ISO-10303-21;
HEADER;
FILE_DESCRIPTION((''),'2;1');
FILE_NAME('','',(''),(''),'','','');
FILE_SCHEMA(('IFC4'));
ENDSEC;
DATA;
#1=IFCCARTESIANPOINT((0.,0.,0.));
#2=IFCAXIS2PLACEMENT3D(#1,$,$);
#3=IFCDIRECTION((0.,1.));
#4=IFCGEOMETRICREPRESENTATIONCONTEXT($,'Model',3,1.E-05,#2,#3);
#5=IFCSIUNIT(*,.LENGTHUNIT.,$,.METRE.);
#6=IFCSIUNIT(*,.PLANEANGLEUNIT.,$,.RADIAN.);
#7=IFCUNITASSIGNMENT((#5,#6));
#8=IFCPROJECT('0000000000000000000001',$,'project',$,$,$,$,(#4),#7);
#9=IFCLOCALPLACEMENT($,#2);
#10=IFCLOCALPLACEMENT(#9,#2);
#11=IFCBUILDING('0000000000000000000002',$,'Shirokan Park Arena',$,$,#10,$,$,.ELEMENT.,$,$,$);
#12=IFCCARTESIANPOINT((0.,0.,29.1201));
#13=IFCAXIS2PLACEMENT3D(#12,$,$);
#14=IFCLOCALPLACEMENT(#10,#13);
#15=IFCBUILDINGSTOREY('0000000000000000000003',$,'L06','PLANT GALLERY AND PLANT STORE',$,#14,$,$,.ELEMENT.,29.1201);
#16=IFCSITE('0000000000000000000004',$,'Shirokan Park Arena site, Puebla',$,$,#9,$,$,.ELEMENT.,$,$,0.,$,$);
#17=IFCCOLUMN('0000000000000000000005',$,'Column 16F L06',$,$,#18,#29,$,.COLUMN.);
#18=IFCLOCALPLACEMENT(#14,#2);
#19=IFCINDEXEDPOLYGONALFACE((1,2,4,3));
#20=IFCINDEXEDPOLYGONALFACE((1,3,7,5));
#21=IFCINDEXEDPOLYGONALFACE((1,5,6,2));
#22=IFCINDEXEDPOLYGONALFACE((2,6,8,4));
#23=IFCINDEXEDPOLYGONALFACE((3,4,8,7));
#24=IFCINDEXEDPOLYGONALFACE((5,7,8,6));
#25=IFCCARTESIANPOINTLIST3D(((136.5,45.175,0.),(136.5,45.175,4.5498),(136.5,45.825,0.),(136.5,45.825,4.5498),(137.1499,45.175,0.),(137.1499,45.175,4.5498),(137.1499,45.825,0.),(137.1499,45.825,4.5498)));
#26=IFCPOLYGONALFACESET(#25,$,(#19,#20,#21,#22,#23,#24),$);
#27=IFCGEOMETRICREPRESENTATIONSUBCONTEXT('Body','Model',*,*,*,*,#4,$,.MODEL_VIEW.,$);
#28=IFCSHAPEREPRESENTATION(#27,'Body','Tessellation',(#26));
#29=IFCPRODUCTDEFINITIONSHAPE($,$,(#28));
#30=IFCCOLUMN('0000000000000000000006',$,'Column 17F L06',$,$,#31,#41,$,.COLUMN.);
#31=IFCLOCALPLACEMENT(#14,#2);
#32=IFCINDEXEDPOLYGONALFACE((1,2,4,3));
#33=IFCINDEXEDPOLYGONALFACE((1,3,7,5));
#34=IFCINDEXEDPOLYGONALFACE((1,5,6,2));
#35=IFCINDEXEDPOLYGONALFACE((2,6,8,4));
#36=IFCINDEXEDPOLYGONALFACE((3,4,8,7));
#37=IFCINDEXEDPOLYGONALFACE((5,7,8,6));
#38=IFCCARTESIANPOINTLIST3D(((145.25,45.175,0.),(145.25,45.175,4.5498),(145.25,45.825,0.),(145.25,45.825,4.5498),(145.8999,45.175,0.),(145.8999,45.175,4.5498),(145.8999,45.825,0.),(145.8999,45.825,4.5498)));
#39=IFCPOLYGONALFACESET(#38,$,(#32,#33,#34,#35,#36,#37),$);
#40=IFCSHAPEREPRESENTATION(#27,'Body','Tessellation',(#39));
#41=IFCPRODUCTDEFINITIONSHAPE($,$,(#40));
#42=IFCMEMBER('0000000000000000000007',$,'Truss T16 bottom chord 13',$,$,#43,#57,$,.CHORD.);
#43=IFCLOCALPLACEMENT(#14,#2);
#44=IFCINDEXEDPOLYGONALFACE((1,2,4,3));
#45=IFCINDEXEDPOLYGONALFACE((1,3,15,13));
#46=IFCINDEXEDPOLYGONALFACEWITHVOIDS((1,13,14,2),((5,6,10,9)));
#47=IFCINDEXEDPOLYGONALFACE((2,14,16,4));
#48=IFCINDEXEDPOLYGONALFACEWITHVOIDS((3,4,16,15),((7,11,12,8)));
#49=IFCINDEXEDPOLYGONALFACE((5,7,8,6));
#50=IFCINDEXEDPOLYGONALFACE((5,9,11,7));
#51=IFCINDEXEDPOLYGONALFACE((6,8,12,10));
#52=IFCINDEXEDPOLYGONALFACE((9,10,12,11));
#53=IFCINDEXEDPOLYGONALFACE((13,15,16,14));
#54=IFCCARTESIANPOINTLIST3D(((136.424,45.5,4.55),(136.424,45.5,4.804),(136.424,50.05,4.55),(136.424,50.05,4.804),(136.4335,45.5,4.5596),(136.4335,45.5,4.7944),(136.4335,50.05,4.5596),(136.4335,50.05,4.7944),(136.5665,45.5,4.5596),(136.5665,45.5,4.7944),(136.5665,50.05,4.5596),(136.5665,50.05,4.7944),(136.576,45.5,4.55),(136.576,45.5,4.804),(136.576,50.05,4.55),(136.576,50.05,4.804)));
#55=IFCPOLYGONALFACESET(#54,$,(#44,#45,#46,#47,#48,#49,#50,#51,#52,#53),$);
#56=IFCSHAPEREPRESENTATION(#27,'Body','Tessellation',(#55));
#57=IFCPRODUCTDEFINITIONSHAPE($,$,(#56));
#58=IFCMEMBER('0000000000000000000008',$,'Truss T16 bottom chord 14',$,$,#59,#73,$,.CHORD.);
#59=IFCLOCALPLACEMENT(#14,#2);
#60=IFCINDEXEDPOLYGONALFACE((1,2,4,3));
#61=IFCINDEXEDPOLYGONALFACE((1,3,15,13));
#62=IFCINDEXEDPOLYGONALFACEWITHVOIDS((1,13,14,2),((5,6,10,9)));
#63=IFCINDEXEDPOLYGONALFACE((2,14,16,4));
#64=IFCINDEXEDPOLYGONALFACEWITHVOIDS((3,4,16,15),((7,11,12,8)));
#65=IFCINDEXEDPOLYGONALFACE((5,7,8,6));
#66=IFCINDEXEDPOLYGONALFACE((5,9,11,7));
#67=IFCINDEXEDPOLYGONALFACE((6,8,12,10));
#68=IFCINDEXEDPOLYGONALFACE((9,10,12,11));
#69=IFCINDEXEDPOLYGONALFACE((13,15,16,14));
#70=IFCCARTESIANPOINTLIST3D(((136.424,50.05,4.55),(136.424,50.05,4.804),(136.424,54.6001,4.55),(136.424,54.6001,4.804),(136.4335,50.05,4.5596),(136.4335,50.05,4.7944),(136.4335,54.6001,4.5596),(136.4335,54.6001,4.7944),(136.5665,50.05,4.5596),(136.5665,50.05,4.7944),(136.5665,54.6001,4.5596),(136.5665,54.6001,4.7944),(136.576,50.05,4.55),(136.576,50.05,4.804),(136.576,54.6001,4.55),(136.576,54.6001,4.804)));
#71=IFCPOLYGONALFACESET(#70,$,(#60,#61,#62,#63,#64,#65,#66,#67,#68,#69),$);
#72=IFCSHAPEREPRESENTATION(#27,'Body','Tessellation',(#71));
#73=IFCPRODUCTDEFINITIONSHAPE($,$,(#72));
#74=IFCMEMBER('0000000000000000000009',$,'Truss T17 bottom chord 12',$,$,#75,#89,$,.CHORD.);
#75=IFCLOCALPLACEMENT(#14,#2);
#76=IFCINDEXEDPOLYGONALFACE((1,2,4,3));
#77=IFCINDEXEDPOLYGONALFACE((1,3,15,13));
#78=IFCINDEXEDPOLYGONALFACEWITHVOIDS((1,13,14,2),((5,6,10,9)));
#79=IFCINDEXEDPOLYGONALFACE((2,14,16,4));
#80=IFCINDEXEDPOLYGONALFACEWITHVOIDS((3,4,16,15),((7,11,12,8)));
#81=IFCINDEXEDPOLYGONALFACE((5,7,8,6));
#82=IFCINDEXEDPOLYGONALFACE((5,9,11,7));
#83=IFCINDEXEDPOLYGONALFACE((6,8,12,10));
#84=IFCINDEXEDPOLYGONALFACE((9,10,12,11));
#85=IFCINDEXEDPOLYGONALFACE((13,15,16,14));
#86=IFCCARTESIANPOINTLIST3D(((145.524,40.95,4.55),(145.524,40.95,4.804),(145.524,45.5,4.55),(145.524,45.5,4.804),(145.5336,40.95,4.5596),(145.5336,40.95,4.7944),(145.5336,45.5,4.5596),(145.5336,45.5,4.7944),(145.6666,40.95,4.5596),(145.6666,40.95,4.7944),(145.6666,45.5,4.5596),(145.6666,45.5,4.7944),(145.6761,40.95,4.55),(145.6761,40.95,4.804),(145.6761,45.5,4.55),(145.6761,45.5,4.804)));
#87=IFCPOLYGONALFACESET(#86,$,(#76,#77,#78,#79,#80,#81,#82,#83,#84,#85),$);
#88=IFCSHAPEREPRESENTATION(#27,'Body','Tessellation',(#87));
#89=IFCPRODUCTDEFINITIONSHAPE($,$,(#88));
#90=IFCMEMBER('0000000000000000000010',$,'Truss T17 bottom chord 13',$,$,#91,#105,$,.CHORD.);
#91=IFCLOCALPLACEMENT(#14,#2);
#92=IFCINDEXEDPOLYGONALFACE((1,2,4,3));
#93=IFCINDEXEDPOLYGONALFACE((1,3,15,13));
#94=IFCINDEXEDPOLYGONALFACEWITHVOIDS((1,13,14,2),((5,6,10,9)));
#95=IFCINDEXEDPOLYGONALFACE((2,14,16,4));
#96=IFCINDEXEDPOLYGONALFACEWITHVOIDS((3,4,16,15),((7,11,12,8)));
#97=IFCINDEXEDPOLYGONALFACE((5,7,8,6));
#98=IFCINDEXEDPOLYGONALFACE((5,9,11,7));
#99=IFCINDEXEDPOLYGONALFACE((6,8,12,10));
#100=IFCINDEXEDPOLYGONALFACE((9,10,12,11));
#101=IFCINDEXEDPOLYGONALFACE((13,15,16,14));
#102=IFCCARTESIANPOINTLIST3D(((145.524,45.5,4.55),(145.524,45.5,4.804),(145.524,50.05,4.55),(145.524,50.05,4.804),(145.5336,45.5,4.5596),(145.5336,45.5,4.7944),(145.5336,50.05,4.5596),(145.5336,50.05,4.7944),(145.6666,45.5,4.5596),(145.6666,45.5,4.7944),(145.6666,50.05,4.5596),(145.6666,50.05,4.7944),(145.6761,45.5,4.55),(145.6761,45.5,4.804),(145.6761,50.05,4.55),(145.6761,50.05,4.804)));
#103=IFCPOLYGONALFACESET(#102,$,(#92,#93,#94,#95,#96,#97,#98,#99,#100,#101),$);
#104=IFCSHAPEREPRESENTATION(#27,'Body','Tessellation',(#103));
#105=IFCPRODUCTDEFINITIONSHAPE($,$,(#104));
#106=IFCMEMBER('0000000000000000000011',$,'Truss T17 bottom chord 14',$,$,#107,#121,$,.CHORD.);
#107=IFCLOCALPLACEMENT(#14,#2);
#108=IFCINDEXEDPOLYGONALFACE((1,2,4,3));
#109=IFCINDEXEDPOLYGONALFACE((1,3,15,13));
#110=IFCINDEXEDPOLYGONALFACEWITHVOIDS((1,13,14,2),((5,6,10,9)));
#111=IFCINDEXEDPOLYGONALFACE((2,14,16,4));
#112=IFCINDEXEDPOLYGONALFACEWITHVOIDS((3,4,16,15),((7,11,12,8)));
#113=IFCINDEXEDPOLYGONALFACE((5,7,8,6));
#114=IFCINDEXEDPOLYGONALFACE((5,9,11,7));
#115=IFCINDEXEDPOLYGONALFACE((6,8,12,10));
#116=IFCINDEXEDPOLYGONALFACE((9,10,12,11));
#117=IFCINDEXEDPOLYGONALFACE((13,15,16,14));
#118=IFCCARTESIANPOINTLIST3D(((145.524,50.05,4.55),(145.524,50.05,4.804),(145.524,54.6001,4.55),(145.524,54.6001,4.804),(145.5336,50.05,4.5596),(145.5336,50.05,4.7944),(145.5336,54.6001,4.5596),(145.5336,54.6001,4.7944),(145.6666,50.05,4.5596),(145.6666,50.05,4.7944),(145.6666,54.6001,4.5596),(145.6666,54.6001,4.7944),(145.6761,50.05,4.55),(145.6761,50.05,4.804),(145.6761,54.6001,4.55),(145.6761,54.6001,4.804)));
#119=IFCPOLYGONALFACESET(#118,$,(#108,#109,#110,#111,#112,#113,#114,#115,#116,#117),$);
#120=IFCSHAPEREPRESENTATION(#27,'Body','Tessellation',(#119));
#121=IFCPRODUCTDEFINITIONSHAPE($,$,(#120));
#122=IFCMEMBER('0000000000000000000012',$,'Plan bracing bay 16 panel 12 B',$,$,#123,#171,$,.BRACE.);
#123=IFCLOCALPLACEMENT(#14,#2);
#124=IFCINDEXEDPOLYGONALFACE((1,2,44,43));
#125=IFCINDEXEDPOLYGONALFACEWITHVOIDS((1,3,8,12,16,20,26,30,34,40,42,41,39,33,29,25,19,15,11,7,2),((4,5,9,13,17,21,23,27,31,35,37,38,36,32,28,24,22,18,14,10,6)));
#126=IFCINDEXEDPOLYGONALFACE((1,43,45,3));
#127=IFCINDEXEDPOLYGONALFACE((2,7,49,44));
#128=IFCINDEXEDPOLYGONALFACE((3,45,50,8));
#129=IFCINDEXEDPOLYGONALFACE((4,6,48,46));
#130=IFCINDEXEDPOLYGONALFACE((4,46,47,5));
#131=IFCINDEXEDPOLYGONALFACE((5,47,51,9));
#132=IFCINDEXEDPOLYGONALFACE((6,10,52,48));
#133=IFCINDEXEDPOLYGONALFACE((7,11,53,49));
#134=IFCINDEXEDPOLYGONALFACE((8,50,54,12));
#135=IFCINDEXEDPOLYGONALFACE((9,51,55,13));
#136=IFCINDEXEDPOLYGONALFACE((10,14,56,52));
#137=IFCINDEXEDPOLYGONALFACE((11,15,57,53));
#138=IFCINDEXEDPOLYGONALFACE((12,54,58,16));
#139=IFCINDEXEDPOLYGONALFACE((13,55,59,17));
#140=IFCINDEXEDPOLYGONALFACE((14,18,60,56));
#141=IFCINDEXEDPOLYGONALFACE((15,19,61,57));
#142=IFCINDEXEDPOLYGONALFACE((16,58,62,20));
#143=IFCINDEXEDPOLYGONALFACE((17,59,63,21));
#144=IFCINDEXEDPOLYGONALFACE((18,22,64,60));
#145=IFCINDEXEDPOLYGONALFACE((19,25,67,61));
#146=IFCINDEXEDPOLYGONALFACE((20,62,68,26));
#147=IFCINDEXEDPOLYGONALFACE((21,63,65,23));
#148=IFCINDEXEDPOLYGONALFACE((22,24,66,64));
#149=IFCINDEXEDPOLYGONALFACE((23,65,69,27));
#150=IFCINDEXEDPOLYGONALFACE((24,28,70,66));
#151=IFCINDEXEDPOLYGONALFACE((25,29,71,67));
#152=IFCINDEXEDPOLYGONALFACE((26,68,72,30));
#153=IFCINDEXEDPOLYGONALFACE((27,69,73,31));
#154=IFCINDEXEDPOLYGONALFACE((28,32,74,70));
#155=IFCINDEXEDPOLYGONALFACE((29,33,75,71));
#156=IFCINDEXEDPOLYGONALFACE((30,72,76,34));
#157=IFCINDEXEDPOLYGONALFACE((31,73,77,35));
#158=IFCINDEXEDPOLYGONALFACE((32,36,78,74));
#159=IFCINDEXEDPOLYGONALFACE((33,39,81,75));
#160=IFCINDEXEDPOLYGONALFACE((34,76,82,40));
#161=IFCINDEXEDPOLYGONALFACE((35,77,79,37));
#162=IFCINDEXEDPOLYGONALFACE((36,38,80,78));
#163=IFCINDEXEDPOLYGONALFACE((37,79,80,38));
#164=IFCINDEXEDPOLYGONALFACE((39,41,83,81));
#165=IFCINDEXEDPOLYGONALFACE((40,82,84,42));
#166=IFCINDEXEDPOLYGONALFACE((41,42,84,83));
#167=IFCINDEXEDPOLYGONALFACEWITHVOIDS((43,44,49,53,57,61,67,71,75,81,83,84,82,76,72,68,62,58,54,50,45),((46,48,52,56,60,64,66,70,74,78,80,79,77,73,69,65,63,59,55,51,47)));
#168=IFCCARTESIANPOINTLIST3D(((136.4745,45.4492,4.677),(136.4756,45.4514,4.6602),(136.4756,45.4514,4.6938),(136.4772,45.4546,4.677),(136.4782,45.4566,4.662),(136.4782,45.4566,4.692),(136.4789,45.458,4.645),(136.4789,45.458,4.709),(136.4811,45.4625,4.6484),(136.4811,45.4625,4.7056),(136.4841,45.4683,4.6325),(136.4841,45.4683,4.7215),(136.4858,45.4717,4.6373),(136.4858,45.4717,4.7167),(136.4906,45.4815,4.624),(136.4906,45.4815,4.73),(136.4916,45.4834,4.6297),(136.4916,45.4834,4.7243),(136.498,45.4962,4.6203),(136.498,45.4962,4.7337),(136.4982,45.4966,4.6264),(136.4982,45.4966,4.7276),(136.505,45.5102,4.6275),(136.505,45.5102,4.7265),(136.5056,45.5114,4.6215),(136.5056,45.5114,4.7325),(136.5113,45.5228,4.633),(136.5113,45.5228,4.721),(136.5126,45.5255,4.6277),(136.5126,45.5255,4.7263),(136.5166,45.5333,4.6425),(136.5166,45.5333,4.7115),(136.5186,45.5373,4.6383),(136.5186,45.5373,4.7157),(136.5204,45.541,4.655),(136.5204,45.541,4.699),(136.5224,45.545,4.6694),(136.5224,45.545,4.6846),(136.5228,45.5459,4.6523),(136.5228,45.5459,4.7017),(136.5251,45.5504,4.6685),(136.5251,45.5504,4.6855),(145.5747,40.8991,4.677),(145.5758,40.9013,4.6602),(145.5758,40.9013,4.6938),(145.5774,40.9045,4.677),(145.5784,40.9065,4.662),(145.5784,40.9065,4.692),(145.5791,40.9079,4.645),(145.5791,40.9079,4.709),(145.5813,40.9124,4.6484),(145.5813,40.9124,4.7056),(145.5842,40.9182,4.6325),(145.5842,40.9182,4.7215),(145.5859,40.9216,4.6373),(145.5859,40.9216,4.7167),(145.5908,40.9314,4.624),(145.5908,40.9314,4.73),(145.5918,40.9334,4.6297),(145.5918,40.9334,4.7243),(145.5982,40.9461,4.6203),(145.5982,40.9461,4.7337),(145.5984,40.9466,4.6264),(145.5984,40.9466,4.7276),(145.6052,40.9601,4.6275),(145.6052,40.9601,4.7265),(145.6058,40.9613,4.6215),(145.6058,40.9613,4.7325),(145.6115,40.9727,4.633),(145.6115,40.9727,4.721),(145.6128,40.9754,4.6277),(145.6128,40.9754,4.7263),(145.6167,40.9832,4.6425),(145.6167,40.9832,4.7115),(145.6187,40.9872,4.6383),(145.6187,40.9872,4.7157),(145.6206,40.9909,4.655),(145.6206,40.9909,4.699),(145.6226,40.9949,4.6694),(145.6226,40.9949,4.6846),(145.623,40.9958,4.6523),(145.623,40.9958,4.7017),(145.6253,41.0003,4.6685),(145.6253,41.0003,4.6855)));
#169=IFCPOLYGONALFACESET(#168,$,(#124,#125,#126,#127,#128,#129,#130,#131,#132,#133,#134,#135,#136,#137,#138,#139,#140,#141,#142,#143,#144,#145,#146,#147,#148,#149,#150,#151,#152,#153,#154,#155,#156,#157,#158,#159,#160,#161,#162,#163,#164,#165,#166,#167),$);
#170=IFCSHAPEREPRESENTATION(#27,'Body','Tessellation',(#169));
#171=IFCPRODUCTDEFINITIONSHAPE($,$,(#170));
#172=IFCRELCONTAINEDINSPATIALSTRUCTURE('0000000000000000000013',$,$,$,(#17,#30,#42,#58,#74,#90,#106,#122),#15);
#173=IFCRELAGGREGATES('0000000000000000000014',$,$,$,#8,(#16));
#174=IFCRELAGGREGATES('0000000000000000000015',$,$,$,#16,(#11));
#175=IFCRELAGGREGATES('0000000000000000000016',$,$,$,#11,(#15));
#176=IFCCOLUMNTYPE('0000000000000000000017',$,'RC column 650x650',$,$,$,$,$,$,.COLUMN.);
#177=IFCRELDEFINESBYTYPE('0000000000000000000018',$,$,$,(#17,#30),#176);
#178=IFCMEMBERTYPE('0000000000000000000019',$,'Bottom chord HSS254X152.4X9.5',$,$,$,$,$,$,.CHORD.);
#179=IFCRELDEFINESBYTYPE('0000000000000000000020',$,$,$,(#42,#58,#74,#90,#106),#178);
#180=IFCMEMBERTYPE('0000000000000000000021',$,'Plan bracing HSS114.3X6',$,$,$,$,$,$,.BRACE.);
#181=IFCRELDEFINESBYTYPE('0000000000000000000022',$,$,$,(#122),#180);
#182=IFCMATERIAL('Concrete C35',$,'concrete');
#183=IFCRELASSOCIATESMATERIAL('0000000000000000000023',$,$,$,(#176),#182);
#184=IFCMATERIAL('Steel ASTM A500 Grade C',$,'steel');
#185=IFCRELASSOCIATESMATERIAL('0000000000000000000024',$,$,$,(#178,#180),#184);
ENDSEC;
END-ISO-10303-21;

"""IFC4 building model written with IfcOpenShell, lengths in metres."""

from ifc_helpers import new_model, si_unit, direction, frame, origin, origin_2d, place, context, subcontext, project, spatial, rectangle, hollow_rectangle, hollow_circle, extrude, material, material_profile, profile_set, type_object, element, save


model = new_model("IFC4")

# Units and contexts
model_context = context("Model", 3, precision=1e-05, world=origin(), true_north=direction((0.0, 1.0)))
body_context = subcontext(model_context, "Body", "Model", "MODEL_VIEW")
ifc_project = project(units=[si_unit("LENGTHUNIT", "METRE"), si_unit("PLANEANGLEUNIT", "RADIAN")], contexts=[model_context])

# Site, building, storey
site_placement = place(None, origin())
site = spatial("IfcSite", under=ifc_project, at=site_placement, Name="Shirokan Park Arena site, Puebla", CompositionType="ELEMENT", RefElevation=0.0)
building_placement = place(site_placement, origin())
building = spatial("IfcBuilding", under=site, at=building_placement, Name="Shirokan Park Arena", CompositionType="ELEMENT")
storey_placement = place(building_placement, frame((0.0, 0.0, 29.1201)))
storey = spatial("IfcBuildingStorey", under=building, at=storey_placement, Name="L06", Description="PLANT GALLERY AND PLANT STORE", CompositionType="ELEMENT", Elevation=29.1201)

# Columns
ifc_material_1 = material(Name="Concrete C35", Category="concrete")
ifc_material_profile_1 = material_profile(ifc_material_1, rectangle(XDim=0.6499, YDim=0.6499, at=origin_2d()), Name="650x650")
ifc_profile_set_1 = profile_set([ifc_material_profile_1], Name="Concrete C35")
column_type = type_object("IfcColumnType", Name="RC column 650x650", PredefinedType="COLUMN", material=ifc_profile_set_1)
for number, where, z_axis, x_axis, name in (
    (1, (136.825, 45.5, 0.0), (0.0, 0.0, 1.0), (1.0, 0.0, 0.0), "Column 16F L06"),
    (2, (145.575, 45.5, 0.0), (0.0, 0.0, 1.0), (1.0, 0.0, 0.0), "Column 17F L06"),
):
    element("IfcColumn", number, at=place(storey_placement, frame(where, z_axis=z_axis, x_axis=x_axis)), inside=storey, type_object=column_type, Name=name, PredefinedType="COLUMN", context=body_context, shape_type="SweptSolid", body=[
        extrude(rectangle(XDim=0.6499, YDim=0.6499, at=origin_2d()), origin(), (0.0, 0.0, 1.0), 4.5498),
    ])

# Members
ifc_material_2 = material(Name="Steel ASTM A500 Grade C", Category="steel")
ifc_material_profile_2 = material_profile(ifc_material_2, hollow_rectangle(XDim=0.1521, YDim=0.2539, WallThickness=0.0095, at=origin_2d()), Name="HSS254X152.4X9.5")
ifc_profile_set_2 = profile_set([ifc_material_profile_2], Name="Steel ASTM A500 Grade C")
member_type_1 = type_object("IfcMemberType", Name="Bottom chord HSS254X152.4X9.5", PredefinedType="CHORD", material=ifc_profile_set_2)
for number, where, z_axis, x_axis, name in (
    (3, (136.5, 45.5, 4.677), (0.0, 1.0, 0.0), (-1.0, 0.0, 0.0), "Truss T16 bottom chord 13"),
    (4, (136.5, 50.05, 4.677), (0.0, 1.0, 0.0), (-1.0, 0.0, 0.0), "Truss T16 bottom chord 14"),
    (5, (145.6001, 40.95, 4.677), (0.0, 1.0, 0.0), (-1.0, 0.0, 0.0), "Truss T17 bottom chord 12"),
    (6, (145.6001, 45.5, 4.677), (0.0, 1.0, 0.0), (-1.0, 0.0, 0.0), "Truss T17 bottom chord 13"),
    (7, (145.6001, 50.05, 4.677), (0.0, 1.0, 0.0), (-1.0, 0.0, 0.0), "Truss T17 bottom chord 14"),
):
    element("IfcMember", number, at=place(storey_placement, frame(where, z_axis=z_axis, x_axis=x_axis)), inside=storey, type_object=member_type_1, Name=name, PredefinedType="CHORD", context=body_context, shape_type="SweptSolid", body=[
        extrude(hollow_rectangle(XDim=0.1521, YDim=0.2539, WallThickness=0.0095, at=origin_2d()), origin(), (0.0, 0.0, 1.0), 4.55),
    ])
ifc_material_profile_3 = material_profile(ifc_material_2, hollow_circle(Radius=0.0569, WallThickness=0.0061, at=origin_2d()), Name="HSS114.3X6")
ifc_profile_set_3 = profile_set([ifc_material_profile_3], Name="Steel ASTM A500 Grade C")
member_type_2 = type_object("IfcMemberType", Name="Plan bracing HSS114.3X6", PredefinedType="BRACE", material=ifc_profile_set_3)
for number, where, z_axis, x_axis, name in (
    (8, (145.6001, 40.95, 4.677), (-0.894427, 0.447214, 0.0), (-0.447214, -0.894427, 0.0), "Plan bracing bay 16 panel 12 B"),
):
    element("IfcMember", number, at=place(storey_placement, frame(where, z_axis=z_axis, x_axis=x_axis)), inside=storey, type_object=member_type_2, Name=name, PredefinedType="BRACE", context=body_context, shape_type="SweptSolid", body=[
        extrude(hollow_circle(Radius=0.0569, WallThickness=0.0061, at=origin_2d()), origin(), (0.0, 0.0, 1.0), 10.1743),
    ])

save(model, "model.ifc")
